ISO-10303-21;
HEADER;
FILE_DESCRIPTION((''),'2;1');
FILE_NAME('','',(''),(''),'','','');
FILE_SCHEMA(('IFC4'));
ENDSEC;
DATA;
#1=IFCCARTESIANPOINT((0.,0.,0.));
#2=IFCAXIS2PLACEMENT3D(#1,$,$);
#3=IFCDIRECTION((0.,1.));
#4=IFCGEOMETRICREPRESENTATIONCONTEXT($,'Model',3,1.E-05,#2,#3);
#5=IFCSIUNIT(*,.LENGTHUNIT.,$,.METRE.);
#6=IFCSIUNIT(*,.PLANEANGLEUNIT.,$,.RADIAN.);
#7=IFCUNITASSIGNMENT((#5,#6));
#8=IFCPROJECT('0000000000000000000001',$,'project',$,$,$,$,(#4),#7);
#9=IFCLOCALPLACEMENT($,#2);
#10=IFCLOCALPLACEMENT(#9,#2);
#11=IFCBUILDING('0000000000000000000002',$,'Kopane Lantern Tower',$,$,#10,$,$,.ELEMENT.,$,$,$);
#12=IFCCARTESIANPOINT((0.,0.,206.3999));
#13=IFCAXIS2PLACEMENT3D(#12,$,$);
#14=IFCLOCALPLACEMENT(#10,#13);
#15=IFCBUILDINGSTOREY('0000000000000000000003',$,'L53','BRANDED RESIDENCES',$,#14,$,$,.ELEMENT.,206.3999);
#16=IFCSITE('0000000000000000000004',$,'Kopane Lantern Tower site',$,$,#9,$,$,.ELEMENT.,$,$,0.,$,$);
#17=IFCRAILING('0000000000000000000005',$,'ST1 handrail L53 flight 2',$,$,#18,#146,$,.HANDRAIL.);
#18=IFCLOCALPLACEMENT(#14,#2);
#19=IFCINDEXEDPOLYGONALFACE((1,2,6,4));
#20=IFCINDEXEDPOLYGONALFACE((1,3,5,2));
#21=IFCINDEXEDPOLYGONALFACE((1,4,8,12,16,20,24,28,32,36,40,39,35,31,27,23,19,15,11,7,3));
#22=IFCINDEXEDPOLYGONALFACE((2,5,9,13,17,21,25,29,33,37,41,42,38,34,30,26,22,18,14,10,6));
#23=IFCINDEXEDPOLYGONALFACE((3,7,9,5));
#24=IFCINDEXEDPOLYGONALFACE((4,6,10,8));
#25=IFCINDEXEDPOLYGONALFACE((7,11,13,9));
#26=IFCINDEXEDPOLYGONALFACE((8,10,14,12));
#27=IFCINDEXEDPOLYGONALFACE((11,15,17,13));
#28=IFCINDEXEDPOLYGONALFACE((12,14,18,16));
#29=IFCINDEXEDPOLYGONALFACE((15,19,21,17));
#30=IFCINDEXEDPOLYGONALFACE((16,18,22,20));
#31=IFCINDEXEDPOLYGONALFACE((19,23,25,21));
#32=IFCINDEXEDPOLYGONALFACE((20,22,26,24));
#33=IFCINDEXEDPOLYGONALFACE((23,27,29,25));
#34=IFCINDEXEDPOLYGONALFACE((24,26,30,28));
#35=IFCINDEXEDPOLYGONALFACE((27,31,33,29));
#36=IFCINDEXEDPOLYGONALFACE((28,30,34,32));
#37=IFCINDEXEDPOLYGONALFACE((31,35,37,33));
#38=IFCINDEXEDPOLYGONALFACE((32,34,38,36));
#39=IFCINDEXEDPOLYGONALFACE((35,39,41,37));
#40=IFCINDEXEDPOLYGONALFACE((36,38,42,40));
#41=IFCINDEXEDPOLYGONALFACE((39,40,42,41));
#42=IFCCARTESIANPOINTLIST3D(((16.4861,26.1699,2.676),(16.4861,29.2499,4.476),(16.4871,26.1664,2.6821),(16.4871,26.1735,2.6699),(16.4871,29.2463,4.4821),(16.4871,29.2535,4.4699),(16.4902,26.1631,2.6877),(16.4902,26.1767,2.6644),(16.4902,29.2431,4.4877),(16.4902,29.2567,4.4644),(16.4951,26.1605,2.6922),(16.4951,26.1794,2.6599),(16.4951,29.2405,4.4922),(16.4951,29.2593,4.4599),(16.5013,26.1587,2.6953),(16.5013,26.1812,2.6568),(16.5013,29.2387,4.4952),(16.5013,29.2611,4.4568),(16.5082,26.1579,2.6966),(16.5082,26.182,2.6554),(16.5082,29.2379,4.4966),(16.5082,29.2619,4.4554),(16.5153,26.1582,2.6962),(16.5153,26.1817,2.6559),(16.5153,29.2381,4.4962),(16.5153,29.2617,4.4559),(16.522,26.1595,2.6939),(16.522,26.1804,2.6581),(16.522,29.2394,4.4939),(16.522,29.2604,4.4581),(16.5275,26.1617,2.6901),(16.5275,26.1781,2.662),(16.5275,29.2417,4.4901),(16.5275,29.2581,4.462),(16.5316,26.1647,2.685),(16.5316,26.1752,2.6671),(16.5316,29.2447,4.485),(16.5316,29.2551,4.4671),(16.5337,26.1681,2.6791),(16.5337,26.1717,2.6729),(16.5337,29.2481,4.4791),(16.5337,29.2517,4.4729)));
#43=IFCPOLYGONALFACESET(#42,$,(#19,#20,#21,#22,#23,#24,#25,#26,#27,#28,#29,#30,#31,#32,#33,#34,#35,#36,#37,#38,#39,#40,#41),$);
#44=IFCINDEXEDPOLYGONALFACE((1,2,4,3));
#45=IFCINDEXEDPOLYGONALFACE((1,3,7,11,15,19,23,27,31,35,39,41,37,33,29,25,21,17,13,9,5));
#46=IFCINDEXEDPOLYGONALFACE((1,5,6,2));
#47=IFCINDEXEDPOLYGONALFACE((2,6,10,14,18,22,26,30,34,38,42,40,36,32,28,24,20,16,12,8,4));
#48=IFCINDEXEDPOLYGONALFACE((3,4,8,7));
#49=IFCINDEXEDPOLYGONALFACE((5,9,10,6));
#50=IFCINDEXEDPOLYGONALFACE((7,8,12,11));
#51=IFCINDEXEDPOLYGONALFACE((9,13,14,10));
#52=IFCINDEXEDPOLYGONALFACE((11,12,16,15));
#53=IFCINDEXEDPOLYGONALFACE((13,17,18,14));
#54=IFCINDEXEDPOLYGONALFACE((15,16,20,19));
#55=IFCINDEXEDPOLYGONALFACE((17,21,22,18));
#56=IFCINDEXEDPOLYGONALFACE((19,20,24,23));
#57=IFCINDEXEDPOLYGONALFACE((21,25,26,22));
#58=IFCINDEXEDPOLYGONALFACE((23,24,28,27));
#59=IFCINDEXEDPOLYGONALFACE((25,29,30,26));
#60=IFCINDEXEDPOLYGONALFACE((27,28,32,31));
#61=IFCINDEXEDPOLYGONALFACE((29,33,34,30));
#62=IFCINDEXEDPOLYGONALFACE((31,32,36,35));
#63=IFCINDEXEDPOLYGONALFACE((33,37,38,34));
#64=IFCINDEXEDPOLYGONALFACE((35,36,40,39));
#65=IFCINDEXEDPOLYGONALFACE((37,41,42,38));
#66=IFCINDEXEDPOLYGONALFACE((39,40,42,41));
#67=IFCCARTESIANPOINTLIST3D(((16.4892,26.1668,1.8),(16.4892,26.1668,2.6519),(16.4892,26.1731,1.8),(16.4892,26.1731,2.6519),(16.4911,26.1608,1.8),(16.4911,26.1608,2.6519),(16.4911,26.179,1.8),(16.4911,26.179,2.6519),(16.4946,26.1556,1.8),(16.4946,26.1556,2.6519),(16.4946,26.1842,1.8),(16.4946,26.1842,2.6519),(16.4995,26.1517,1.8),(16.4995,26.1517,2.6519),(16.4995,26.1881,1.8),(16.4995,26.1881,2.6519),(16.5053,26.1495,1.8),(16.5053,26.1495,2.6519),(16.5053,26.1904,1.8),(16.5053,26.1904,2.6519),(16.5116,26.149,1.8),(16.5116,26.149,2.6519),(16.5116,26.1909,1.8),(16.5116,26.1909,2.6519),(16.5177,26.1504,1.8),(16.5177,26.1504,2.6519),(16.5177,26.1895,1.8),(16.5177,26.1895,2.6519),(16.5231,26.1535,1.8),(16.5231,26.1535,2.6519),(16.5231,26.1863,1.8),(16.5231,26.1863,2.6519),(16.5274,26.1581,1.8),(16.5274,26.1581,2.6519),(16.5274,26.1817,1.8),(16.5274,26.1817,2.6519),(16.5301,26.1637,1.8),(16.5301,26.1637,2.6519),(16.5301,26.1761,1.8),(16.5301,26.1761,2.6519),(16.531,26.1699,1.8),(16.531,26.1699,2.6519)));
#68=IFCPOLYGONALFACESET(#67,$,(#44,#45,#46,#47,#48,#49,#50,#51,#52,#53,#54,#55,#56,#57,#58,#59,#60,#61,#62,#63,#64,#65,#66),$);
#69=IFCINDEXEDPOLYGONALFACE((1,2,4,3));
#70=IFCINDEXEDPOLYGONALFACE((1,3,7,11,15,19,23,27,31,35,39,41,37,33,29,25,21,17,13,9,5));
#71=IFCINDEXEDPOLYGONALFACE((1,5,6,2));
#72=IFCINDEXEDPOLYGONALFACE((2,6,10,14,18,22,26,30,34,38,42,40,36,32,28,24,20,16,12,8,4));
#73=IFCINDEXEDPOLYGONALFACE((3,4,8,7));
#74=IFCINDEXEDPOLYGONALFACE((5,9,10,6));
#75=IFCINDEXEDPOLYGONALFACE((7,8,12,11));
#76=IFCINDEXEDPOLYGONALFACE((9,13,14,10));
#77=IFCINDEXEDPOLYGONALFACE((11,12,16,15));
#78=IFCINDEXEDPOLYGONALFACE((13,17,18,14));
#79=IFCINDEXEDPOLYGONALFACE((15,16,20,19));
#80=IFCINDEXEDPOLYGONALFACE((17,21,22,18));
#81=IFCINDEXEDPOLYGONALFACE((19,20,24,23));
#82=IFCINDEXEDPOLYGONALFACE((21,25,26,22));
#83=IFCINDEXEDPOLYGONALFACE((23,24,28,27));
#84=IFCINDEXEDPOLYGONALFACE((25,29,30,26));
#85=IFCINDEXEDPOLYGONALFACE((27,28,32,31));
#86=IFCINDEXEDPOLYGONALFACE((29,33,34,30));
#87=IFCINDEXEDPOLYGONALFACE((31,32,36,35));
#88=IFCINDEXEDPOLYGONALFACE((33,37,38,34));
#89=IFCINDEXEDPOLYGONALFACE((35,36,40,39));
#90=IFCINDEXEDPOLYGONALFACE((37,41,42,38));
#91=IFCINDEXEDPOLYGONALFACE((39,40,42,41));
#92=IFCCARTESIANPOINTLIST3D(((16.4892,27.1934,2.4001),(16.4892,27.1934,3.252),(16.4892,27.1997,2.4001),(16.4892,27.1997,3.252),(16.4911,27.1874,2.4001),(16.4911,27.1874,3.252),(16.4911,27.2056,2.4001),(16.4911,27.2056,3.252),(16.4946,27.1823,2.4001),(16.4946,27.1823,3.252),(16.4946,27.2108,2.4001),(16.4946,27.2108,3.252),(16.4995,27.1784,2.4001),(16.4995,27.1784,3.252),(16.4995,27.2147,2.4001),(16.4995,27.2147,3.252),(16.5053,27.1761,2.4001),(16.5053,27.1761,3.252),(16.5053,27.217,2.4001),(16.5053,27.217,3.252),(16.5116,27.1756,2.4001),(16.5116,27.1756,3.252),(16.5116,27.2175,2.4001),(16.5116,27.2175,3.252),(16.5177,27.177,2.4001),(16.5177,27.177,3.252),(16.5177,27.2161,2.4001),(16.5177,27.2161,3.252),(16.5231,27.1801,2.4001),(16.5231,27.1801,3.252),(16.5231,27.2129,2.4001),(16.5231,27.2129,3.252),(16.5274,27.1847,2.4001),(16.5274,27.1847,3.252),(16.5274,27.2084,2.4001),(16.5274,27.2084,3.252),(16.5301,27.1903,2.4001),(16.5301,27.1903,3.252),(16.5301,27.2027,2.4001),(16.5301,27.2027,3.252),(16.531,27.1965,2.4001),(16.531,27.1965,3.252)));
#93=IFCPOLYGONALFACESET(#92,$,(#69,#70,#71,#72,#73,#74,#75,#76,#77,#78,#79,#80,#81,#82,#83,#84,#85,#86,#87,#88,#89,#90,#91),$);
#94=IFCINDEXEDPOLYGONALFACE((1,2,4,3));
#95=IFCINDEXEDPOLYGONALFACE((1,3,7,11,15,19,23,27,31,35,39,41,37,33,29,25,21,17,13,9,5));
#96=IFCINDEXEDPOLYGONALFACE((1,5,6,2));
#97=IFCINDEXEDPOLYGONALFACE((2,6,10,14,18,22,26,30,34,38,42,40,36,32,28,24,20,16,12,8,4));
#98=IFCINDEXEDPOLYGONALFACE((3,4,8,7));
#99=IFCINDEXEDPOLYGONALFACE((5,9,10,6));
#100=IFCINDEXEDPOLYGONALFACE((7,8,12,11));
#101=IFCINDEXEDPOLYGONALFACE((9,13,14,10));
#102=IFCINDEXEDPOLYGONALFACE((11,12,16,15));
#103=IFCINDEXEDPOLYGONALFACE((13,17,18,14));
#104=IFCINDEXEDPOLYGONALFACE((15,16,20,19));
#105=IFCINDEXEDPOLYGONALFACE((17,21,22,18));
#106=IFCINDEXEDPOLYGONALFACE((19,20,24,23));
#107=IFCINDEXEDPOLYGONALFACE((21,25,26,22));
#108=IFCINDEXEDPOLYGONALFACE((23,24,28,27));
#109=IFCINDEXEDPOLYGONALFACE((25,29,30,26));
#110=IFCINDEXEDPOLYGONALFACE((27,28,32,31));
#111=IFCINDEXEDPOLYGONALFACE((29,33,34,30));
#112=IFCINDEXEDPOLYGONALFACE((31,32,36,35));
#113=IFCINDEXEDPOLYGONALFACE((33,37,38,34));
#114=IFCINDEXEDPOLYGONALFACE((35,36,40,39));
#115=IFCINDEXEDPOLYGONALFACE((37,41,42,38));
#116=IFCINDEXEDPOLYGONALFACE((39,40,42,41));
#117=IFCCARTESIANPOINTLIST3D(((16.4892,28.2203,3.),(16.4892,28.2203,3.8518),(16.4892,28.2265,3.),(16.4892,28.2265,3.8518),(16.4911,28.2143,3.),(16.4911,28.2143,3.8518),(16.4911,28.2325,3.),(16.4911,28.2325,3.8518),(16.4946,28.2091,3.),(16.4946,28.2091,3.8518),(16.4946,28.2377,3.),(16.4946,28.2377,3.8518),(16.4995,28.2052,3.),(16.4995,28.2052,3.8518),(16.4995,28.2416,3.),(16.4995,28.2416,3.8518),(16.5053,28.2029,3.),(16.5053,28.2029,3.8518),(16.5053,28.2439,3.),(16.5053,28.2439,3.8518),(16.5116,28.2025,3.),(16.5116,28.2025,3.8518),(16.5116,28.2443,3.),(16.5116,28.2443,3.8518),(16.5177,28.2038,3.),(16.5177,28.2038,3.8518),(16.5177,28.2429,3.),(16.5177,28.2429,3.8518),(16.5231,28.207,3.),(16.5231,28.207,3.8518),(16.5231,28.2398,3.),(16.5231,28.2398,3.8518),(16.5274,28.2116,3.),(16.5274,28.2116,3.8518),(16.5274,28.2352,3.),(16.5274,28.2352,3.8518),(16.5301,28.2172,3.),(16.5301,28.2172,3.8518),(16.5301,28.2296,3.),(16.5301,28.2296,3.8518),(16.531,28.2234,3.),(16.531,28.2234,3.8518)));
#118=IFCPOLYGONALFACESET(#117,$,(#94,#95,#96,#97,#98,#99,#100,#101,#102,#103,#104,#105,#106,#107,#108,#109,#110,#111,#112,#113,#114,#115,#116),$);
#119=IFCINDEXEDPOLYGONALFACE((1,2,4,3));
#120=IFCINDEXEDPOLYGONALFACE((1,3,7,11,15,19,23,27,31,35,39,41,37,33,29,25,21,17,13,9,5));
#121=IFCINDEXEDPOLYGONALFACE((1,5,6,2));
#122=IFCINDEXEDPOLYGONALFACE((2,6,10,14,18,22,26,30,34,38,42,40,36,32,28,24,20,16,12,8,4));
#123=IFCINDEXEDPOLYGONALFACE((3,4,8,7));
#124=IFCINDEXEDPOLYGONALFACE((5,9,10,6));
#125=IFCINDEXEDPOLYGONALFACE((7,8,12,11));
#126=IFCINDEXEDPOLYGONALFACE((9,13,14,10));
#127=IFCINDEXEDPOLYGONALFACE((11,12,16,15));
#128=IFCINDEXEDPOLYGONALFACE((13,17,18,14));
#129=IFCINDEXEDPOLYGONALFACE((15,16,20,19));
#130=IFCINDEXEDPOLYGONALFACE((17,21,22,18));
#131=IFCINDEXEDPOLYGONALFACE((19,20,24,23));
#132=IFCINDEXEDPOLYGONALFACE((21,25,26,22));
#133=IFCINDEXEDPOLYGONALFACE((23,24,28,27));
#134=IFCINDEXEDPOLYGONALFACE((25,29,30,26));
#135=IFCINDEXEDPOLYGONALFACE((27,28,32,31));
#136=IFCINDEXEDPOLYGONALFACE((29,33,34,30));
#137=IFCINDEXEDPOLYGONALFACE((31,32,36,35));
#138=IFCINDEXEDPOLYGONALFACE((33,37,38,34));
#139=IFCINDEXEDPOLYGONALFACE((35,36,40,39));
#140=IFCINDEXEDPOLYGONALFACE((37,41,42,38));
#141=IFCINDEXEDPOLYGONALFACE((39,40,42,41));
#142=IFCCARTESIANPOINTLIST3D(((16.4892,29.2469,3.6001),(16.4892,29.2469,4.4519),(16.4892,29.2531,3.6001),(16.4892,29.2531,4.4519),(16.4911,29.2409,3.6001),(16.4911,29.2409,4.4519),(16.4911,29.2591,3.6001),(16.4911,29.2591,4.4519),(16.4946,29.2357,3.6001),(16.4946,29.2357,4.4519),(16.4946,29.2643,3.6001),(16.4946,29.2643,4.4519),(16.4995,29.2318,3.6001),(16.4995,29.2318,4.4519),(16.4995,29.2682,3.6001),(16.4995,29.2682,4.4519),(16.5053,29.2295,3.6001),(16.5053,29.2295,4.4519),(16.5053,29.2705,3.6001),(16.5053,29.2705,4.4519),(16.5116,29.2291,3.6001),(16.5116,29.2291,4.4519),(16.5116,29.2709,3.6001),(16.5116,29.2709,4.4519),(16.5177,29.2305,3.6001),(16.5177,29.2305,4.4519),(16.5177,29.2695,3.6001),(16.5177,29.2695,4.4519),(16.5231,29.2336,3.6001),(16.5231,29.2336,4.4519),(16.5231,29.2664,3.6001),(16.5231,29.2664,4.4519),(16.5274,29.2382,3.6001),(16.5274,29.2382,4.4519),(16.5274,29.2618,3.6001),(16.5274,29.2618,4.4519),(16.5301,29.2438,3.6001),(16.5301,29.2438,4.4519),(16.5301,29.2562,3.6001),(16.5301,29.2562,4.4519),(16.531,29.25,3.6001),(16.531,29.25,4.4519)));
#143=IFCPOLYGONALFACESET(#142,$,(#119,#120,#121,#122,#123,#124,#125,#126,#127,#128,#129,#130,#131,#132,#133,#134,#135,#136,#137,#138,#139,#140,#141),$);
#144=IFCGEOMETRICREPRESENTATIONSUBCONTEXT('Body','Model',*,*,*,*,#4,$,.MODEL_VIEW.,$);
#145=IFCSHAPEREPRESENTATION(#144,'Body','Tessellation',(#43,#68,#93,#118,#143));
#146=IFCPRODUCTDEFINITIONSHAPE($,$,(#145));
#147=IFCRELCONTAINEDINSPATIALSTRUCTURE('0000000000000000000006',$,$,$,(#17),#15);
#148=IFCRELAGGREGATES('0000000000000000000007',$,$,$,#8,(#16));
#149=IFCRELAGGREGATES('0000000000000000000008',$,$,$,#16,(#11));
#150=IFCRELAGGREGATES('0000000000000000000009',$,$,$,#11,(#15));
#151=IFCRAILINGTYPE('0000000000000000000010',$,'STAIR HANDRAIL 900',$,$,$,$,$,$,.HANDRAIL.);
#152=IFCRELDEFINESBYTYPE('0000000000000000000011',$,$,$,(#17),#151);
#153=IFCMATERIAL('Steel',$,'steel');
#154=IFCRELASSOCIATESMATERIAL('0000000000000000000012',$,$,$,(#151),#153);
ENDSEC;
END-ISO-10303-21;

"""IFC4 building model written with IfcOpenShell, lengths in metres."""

from ifc_helpers import new_model, si_unit, direction, frame, origin, origin_2d, place, context, subcontext, project, spatial, circle, extrude, material, type_object, element, save


model = new_model("IFC4")

# Units and contexts
model_context = context("Model", 3, precision=1e-05, world=origin(), true_north=direction((0.0, 1.0)))
body_context = subcontext(model_context, "Body", "Model", "MODEL_VIEW")
ifc_project = project(units=[si_unit("LENGTHUNIT", "METRE"), si_unit("PLANEANGLEUNIT", "RADIAN")], contexts=[model_context])

# Site, building, storey
site_placement = place(None, origin())
site = spatial("IfcSite", under=ifc_project, at=site_placement, Name="Kopane Lantern Tower site", CompositionType="ELEMENT", RefElevation=0.0)
building_placement = place(site_placement, origin())
building = spatial("IfcBuilding", under=site, at=building_placement, Name="Kopane Lantern Tower", CompositionType="ELEMENT")
storey_placement = place(building_placement, frame((0.0, 0.0, 206.3999)))
storey = spatial("IfcBuildingStorey", under=building, at=storey_placement, Name="L53", Description="BRANDED RESIDENCES", CompositionType="ELEMENT", Elevation=206.3999)

# Railing
ifc_material_1 = material(Name="Steel", Category="steel")
railing_type_1 = type_object("IfcRailingType", Name="STAIR HANDRAIL 900", PredefinedType="HANDRAIL", material=ifc_material_1)
for number, where, name in (
    (1, (16.51, 26.1699, 1.8), "ST1 handrail L53 flight 2"),
):
    element("IfcRailing", number, at=place(storey_placement, frame(where)), inside=storey, type_object=railing_type_1, Name=name, PredefinedType="HANDRAIL", context=body_context, shape_type="SweptSolid", body=[
        extrude(circle(Radius=0.0239, at=origin_2d()), frame((0.0, 0.0, 0.876), z_axis=(0.0, 0.863372, 0.504569), x_axis=(-1.0, 0.0, 0.0)), (0.0, 0.0, 1.0), 3.5674),
        extrude(circle(Radius=0.021, at=origin_2d()), origin(), (0.0, 0.0, 1.0), 0.8518),
        extrude(circle(Radius=0.021, at=origin_2d()), frame((0.0, 1.0266, 0.6001)), (0.0, 0.0, 1.0), 0.8518),
        extrude(circle(Radius=0.021, at=origin_2d()), frame((0.0, 2.0535, 1.2)), (0.0, 0.0, 1.0), 0.8518),
        extrude(circle(Radius=0.021, at=origin_2d()), frame((0.0, 3.0801, 1.8)), (0.0, 0.0, 1.0), 0.8518),
    ])

save(model, "model.ifc")
